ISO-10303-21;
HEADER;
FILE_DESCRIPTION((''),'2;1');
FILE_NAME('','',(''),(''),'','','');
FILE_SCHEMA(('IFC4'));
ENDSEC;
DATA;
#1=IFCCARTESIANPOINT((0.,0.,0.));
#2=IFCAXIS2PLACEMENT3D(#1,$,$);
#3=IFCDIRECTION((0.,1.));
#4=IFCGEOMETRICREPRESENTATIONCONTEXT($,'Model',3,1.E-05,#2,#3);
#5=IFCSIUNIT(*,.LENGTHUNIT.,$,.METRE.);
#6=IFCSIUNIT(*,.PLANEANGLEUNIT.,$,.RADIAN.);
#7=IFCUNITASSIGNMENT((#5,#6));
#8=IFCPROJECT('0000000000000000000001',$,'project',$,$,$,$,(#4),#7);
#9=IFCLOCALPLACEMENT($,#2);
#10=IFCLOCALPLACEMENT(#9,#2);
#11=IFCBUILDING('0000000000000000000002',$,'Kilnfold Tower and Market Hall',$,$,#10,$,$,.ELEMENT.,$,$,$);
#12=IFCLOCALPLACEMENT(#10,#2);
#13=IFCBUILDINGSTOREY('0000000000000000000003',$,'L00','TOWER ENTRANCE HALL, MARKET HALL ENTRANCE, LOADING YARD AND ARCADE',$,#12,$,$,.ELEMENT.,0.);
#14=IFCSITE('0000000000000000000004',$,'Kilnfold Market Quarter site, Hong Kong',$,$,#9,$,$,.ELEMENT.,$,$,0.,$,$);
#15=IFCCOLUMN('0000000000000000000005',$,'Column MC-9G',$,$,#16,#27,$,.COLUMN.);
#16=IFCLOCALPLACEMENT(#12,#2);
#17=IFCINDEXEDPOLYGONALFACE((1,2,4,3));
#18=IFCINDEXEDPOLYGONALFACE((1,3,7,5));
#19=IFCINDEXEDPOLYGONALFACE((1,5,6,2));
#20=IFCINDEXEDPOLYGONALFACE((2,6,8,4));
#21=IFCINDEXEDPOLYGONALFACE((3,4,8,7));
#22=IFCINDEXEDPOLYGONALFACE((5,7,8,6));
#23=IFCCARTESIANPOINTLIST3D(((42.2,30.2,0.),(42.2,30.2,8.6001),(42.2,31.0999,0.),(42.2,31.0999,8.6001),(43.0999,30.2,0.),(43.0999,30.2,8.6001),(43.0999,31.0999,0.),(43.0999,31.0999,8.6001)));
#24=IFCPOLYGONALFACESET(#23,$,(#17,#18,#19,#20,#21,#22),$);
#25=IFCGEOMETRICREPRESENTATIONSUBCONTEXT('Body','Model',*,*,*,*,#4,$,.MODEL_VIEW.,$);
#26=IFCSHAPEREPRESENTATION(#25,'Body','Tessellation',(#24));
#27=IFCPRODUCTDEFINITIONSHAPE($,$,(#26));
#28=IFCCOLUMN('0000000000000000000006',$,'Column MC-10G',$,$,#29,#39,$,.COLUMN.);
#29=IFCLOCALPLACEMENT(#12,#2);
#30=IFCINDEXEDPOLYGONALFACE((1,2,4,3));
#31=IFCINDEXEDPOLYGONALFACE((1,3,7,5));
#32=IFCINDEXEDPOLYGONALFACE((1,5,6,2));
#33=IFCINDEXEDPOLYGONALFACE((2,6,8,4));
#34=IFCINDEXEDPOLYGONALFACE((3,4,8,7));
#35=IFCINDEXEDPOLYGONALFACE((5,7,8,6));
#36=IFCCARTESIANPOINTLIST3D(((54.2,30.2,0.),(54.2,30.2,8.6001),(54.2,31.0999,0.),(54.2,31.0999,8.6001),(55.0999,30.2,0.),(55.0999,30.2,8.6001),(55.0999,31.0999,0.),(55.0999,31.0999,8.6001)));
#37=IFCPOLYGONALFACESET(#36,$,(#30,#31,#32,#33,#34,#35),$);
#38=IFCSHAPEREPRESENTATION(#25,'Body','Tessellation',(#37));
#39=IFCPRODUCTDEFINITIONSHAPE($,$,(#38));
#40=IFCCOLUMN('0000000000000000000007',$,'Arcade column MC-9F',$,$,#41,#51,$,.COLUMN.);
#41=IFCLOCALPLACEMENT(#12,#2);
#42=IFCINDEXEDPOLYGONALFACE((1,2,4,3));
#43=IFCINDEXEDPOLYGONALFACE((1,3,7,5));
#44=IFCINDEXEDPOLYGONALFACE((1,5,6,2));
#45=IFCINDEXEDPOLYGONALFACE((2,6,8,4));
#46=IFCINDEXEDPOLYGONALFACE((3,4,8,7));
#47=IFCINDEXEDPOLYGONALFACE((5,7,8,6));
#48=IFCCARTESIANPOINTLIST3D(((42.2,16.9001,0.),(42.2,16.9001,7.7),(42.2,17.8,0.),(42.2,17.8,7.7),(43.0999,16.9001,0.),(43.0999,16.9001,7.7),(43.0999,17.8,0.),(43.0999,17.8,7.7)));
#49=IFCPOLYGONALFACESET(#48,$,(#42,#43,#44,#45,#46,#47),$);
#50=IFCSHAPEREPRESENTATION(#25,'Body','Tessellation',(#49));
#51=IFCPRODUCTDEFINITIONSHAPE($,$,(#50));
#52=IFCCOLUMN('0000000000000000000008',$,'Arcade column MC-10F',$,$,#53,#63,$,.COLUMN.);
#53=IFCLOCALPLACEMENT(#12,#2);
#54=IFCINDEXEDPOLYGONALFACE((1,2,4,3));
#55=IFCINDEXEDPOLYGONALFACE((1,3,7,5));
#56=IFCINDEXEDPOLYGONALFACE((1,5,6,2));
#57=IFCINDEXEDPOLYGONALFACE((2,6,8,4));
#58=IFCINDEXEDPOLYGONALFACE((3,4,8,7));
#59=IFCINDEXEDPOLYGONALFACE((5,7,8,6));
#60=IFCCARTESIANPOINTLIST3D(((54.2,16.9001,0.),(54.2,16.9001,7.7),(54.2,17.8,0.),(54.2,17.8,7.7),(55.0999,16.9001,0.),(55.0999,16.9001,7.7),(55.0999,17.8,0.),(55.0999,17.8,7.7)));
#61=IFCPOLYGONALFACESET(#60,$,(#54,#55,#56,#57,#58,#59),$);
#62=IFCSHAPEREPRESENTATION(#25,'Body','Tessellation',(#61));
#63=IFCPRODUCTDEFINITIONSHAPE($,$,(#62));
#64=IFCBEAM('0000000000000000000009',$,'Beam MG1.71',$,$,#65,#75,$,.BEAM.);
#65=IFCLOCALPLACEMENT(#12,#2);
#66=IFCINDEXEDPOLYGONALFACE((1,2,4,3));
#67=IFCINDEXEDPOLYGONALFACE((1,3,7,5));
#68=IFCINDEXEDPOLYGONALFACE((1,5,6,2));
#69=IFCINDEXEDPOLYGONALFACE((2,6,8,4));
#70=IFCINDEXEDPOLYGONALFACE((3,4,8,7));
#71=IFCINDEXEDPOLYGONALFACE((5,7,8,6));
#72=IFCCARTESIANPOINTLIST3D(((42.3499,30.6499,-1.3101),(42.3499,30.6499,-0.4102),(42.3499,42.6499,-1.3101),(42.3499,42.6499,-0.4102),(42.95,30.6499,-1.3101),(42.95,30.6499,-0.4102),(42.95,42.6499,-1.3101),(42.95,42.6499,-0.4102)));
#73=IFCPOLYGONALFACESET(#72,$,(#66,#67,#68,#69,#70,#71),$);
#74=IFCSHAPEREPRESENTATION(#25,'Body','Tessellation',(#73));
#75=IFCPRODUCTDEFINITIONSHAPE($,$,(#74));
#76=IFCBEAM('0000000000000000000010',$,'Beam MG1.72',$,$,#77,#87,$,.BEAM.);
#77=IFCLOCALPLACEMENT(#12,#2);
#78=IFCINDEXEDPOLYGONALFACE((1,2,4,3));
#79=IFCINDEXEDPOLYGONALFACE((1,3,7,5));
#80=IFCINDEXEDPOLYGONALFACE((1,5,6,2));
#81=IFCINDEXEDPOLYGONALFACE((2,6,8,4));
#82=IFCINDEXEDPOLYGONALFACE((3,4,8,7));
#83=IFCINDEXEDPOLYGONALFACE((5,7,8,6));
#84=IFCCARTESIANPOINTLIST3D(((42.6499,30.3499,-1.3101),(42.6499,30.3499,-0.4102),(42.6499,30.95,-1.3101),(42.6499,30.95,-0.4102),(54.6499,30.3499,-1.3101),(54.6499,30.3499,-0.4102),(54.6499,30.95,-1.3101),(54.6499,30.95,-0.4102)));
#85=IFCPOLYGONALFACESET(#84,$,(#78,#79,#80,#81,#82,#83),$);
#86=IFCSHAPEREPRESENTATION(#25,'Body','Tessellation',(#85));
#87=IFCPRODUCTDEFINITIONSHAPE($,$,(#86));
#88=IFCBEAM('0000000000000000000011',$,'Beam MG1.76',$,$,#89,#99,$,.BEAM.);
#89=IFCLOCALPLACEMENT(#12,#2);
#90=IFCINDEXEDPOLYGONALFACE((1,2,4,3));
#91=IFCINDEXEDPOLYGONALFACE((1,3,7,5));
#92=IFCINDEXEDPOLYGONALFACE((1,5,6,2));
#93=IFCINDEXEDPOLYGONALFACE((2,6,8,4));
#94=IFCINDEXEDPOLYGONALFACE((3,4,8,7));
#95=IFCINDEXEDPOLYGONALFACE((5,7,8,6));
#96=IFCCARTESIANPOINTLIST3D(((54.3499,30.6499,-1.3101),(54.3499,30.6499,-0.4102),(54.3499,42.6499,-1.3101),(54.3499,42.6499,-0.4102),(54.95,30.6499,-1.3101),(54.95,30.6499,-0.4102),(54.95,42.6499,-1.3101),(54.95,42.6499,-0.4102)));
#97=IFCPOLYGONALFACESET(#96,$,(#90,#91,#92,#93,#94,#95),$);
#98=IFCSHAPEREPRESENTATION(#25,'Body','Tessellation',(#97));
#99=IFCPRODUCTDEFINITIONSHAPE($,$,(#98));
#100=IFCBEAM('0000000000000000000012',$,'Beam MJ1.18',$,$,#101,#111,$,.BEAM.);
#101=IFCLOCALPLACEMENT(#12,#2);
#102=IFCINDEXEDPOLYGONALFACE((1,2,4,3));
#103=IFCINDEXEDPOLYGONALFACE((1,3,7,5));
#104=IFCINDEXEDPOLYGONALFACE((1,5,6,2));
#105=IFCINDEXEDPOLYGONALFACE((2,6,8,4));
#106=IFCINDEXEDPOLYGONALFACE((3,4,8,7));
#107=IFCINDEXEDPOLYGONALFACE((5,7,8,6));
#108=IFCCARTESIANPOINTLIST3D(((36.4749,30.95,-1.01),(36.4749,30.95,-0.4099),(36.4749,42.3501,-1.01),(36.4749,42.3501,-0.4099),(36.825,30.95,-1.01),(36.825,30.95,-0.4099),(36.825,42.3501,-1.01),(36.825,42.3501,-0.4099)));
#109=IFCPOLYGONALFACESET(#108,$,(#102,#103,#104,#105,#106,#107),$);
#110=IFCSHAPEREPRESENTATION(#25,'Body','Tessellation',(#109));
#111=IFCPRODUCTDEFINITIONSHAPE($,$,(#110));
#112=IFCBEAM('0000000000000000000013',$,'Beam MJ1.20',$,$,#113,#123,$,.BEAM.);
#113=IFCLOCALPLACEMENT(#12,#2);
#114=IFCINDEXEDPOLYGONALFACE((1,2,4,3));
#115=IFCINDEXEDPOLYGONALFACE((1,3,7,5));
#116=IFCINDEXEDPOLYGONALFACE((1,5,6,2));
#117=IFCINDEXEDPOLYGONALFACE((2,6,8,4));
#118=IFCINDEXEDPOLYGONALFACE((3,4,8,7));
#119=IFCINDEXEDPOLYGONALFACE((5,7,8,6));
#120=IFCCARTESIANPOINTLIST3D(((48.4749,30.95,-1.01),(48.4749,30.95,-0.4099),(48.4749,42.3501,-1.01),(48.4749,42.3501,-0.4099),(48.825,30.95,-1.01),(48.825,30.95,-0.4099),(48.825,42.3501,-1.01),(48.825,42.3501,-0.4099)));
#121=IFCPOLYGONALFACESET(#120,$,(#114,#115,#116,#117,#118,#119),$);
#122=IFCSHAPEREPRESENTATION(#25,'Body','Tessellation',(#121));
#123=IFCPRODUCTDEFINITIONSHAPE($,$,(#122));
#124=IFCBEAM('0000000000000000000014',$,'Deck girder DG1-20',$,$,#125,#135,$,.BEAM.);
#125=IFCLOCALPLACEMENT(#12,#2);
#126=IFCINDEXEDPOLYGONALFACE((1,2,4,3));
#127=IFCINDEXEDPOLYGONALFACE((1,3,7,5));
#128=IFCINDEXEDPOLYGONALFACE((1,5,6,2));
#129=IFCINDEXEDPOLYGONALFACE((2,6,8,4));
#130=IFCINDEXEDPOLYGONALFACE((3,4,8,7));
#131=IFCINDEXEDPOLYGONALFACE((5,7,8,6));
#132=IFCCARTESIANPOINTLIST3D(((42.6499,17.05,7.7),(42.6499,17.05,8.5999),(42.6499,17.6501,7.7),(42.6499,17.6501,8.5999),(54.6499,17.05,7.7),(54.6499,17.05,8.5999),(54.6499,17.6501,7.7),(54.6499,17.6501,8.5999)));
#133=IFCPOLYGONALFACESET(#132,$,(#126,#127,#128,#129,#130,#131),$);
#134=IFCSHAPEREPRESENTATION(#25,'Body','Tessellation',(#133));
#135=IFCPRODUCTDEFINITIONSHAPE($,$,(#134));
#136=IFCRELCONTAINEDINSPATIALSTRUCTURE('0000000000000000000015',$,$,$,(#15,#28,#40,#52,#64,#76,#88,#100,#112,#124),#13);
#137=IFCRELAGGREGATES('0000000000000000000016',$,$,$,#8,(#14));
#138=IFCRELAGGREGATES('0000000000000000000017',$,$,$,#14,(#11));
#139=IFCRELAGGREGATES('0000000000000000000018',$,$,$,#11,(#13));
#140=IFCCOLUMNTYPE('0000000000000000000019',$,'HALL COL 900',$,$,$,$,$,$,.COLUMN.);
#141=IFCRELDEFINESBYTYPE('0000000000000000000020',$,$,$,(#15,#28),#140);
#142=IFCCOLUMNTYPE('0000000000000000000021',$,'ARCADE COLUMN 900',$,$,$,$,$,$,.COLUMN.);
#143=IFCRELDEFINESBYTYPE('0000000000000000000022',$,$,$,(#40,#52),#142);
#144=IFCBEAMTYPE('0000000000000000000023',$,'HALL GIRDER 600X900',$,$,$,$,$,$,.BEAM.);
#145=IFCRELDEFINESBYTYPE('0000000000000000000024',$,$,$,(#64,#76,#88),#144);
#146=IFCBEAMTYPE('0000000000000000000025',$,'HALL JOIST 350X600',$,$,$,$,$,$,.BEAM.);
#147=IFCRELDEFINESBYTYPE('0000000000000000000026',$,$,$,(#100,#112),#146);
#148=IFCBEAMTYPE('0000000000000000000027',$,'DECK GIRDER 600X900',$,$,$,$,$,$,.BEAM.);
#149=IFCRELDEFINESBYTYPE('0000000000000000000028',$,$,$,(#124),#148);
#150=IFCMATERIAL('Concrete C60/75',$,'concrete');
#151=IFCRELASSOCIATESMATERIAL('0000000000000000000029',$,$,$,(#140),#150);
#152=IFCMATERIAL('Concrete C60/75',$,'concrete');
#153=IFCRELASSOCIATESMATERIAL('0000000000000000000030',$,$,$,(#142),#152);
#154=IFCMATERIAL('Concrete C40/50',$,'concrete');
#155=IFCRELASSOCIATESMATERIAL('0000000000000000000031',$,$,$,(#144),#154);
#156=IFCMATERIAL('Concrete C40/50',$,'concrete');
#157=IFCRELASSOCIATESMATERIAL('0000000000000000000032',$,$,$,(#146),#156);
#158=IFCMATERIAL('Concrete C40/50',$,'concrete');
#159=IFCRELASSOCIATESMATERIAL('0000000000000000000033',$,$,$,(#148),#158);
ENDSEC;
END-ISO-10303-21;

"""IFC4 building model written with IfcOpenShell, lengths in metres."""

from ifc_helpers import new_model, si_unit, direction, frame, origin, origin_2d, place, context, subcontext, project, spatial, rectangle, extrude, source, transform, mapped, material, material_profile, profile_set, type_object, element, save


model = new_model("IFC4")

# Units and contexts
model_context = context("Model", 3, precision=1e-05, world=origin(), true_north=direction((0.0, 1.0)))
body_context = subcontext(model_context, "Body", "Model", "MODEL_VIEW")
ifc_project = project(units=[si_unit("LENGTHUNIT", "METRE"), si_unit("PLANEANGLEUNIT", "RADIAN")], contexts=[model_context])

# Site, building, storey
site_placement = place(None, origin())
site = spatial("IfcSite", under=ifc_project, at=site_placement, Name="Kilnfold Market Quarter site, Hong Kong", CompositionType="ELEMENT", RefElevation=0.0)
building_placement = place(site_placement, origin())
building = spatial("IfcBuilding", under=site, at=building_placement, Name="Kilnfold Tower and Market Hall", CompositionType="ELEMENT")
storey_placement = place(building_placement, origin())
storey = spatial("IfcBuildingStorey", under=building, at=storey_placement, Name="L00", Description="TOWER ENTRANCE HALL, MARKET HALL ENTRANCE, LOADING YARD AND ARCADE", CompositionType="ELEMENT", Elevation=0.0)

# Columns
ifc_material_1 = material(Name="Concrete C60/75", Category="concrete")
ifc_material_profile_1 = material_profile(ifc_material_1, rectangle(XDim=0.8999, YDim=0.8999, at=origin_2d()), Name="RC 900x900")
ifc_profile_set_1 = profile_set([ifc_material_profile_1], Name="Concrete C60/75")
column_type_1 = type_object("IfcColumnType", Name="HALL COL 900", PredefinedType="COLUMN", material=ifc_profile_set_1)
shared_shape_1 = source(origin(), body_context, "Body", "SweptSolid", [
    extrude(rectangle(XDim=0.8999, YDim=0.8999, at=origin_2d()), origin(), (0.0, 0.0, 1.0), 8.6001),
])
for number, where, z_axis, x_axis, name in (
    (1, (42.6499, 30.6499, 0.0), (0.0, 0.0, 1.0), (1.0, 0.0, 0.0), "Column MC-9G"),
    (2, (54.6499, 30.6499, 0.0), (0.0, 0.0, 1.0), (1.0, 0.0, 0.0), "Column MC-10G"),
):
    element("IfcColumn", number, at=place(storey_placement, frame(where, z_axis=z_axis, x_axis=x_axis)), inside=storey, type_object=column_type_1, Name=name, PredefinedType="COLUMN", context=body_context, shape_type="MappedRepresentation", body=[
        mapped(shared_shape_1, transform((0.0, 0.0, 0.0))),
    ])
ifc_material_2 = material(Name="Concrete C60/75", Category="concrete")
ifc_material_profile_2 = material_profile(ifc_material_2, rectangle(XDim=0.8999, YDim=0.8999, at=origin_2d()), Name="RC 900x900")
ifc_profile_set_2 = profile_set([ifc_material_profile_2], Name="Concrete C60/75")
column_type_2 = type_object("IfcColumnType", Name="ARCADE COLUMN 900", PredefinedType="COLUMN", material=ifc_profile_set_2)
shared_shape_2 = source(origin(), body_context, "Body", "SweptSolid", [
    extrude(rectangle(XDim=0.8999, YDim=0.8999, at=origin_2d()), origin(), (0.0, 0.0, 1.0), 7.7),
])
for number, where, z_axis, x_axis, name in (
    (3, (42.6499, 17.3501, 0.0), (0.0, 0.0, 1.0), (1.0, 0.0, 0.0), "Arcade column MC-9F"),
    (4, (54.6499, 17.3501, 0.0), (0.0, 0.0, 1.0), (1.0, 0.0, 0.0), "Arcade column MC-10F"),
):
    element("IfcColumn", number, at=place(storey_placement, frame(where, z_axis=z_axis, x_axis=x_axis)), inside=storey, type_object=column_type_2, Name=name, PredefinedType="COLUMN", context=body_context, shape_type="MappedRepresentation", body=[
        mapped(shared_shape_2, transform((0.0, 0.0, 0.0))),
    ])

# Beams
ifc_material_3 = material(Name="Concrete C40/50", Category="concrete")
ifc_material_profile_3 = material_profile(ifc_material_3, rectangle(XDim=0.6001, YDim=0.8999, at=origin_2d()), Name="RC 600x900")
ifc_profile_set_3 = profile_set([ifc_material_profile_3], Name="Concrete C40/50")
beam_type_1 = type_object("IfcBeamType", Name="HALL GIRDER 600X900", PredefinedType="BEAM", material=ifc_profile_set_3)
for number, where, z_axis, x_axis, name in (
    (5, (42.6499, 30.6499, -0.8601), (0.0, 1.0, 0.0), (-1.0, 0.0, 0.0), "Beam MG1.71"),
    (6, (42.6499, 30.6499, -0.8601), (1.0, 0.0, 0.0), (0.0, 1.0, 0.0), "Beam MG1.72"),
    (7, (54.6499, 30.6499, -0.8601), (0.0, 1.0, 0.0), (-1.0, 0.0, 0.0), "Beam MG1.76"),
):
    element("IfcBeam", number, at=place(storey_placement, frame(where, z_axis=z_axis, x_axis=x_axis)), inside=storey, type_object=beam_type_1, Name=name, PredefinedType="BEAM", context=body_context, shape_type="SweptSolid", body=[
        extrude(rectangle(XDim=0.6001, YDim=0.8999, at=origin_2d()), origin(), (0.0, 0.0, 1.0), 12.0),
    ])
ifc_material_4 = material(Name="Concrete C40/50", Category="concrete")
ifc_material_profile_4 = material_profile(ifc_material_4, rectangle(XDim=0.3501, YDim=0.6001, at=origin_2d()), Name="RC 350x600")
ifc_profile_set_4 = profile_set([ifc_material_profile_4], Name="Concrete C40/50")
beam_type_2 = type_object("IfcBeamType", Name="HALL JOIST 350X600", PredefinedType="BEAM", material=ifc_profile_set_4)
for number, where, z_axis, x_axis, name in (
    (8, (36.6499, 30.95, -0.71), (0.0, 1.0, 0.0), (-1.0, 0.0, 0.0), "Beam MJ1.18"),
    (9, (48.6499, 30.95, -0.71), (0.0, 1.0, 0.0), (-1.0, 0.0, 0.0), "Beam MJ1.20"),
):
    element("IfcBeam", number, at=place(storey_placement, frame(where, z_axis=z_axis, x_axis=x_axis)), inside=storey, type_object=beam_type_2, Name=name, PredefinedType="BEAM", context=body_context, shape_type="SweptSolid", body=[
        extrude(rectangle(XDim=0.3501, YDim=0.6001, at=origin_2d()), origin(), (0.0, 0.0, 1.0), 11.4001),
    ])
ifc_material_5 = material(Name="Concrete C40/50", Category="concrete")
ifc_material_profile_5 = material_profile(ifc_material_5, rectangle(XDim=0.6001, YDim=0.8999, at=origin_2d()), Name="RC 600x900")
ifc_profile_set_5 = profile_set([ifc_material_profile_5], Name="Concrete C40/50")
beam_type_3 = type_object("IfcBeamType", Name="DECK GIRDER 600X900", PredefinedType="BEAM", material=ifc_profile_set_5)
shared_shape_3 = source(origin(), body_context, "Body", "SweptSolid", [
    extrude(rectangle(XDim=0.6001, YDim=0.8999, at=origin_2d()), origin(), (0.0, 0.0, 1.0), 12.0),
])
beam_placement = place(storey_placement, frame((42.6499, 17.3501, 8.1499), z_axis=(1.0, 0.0, 0.0), x_axis=(0.0, 1.0, 0.0)))
element("IfcBeam", 10, at=beam_placement, inside=storey, type_object=beam_type_3, Name="Deck girder DG1-20", PredefinedType="BEAM", context=body_context, shape_type="MappedRepresentation", body=[
    mapped(shared_shape_3, transform((0.0, 0.0, 0.0))),
])

save(model, "model.ifc")
